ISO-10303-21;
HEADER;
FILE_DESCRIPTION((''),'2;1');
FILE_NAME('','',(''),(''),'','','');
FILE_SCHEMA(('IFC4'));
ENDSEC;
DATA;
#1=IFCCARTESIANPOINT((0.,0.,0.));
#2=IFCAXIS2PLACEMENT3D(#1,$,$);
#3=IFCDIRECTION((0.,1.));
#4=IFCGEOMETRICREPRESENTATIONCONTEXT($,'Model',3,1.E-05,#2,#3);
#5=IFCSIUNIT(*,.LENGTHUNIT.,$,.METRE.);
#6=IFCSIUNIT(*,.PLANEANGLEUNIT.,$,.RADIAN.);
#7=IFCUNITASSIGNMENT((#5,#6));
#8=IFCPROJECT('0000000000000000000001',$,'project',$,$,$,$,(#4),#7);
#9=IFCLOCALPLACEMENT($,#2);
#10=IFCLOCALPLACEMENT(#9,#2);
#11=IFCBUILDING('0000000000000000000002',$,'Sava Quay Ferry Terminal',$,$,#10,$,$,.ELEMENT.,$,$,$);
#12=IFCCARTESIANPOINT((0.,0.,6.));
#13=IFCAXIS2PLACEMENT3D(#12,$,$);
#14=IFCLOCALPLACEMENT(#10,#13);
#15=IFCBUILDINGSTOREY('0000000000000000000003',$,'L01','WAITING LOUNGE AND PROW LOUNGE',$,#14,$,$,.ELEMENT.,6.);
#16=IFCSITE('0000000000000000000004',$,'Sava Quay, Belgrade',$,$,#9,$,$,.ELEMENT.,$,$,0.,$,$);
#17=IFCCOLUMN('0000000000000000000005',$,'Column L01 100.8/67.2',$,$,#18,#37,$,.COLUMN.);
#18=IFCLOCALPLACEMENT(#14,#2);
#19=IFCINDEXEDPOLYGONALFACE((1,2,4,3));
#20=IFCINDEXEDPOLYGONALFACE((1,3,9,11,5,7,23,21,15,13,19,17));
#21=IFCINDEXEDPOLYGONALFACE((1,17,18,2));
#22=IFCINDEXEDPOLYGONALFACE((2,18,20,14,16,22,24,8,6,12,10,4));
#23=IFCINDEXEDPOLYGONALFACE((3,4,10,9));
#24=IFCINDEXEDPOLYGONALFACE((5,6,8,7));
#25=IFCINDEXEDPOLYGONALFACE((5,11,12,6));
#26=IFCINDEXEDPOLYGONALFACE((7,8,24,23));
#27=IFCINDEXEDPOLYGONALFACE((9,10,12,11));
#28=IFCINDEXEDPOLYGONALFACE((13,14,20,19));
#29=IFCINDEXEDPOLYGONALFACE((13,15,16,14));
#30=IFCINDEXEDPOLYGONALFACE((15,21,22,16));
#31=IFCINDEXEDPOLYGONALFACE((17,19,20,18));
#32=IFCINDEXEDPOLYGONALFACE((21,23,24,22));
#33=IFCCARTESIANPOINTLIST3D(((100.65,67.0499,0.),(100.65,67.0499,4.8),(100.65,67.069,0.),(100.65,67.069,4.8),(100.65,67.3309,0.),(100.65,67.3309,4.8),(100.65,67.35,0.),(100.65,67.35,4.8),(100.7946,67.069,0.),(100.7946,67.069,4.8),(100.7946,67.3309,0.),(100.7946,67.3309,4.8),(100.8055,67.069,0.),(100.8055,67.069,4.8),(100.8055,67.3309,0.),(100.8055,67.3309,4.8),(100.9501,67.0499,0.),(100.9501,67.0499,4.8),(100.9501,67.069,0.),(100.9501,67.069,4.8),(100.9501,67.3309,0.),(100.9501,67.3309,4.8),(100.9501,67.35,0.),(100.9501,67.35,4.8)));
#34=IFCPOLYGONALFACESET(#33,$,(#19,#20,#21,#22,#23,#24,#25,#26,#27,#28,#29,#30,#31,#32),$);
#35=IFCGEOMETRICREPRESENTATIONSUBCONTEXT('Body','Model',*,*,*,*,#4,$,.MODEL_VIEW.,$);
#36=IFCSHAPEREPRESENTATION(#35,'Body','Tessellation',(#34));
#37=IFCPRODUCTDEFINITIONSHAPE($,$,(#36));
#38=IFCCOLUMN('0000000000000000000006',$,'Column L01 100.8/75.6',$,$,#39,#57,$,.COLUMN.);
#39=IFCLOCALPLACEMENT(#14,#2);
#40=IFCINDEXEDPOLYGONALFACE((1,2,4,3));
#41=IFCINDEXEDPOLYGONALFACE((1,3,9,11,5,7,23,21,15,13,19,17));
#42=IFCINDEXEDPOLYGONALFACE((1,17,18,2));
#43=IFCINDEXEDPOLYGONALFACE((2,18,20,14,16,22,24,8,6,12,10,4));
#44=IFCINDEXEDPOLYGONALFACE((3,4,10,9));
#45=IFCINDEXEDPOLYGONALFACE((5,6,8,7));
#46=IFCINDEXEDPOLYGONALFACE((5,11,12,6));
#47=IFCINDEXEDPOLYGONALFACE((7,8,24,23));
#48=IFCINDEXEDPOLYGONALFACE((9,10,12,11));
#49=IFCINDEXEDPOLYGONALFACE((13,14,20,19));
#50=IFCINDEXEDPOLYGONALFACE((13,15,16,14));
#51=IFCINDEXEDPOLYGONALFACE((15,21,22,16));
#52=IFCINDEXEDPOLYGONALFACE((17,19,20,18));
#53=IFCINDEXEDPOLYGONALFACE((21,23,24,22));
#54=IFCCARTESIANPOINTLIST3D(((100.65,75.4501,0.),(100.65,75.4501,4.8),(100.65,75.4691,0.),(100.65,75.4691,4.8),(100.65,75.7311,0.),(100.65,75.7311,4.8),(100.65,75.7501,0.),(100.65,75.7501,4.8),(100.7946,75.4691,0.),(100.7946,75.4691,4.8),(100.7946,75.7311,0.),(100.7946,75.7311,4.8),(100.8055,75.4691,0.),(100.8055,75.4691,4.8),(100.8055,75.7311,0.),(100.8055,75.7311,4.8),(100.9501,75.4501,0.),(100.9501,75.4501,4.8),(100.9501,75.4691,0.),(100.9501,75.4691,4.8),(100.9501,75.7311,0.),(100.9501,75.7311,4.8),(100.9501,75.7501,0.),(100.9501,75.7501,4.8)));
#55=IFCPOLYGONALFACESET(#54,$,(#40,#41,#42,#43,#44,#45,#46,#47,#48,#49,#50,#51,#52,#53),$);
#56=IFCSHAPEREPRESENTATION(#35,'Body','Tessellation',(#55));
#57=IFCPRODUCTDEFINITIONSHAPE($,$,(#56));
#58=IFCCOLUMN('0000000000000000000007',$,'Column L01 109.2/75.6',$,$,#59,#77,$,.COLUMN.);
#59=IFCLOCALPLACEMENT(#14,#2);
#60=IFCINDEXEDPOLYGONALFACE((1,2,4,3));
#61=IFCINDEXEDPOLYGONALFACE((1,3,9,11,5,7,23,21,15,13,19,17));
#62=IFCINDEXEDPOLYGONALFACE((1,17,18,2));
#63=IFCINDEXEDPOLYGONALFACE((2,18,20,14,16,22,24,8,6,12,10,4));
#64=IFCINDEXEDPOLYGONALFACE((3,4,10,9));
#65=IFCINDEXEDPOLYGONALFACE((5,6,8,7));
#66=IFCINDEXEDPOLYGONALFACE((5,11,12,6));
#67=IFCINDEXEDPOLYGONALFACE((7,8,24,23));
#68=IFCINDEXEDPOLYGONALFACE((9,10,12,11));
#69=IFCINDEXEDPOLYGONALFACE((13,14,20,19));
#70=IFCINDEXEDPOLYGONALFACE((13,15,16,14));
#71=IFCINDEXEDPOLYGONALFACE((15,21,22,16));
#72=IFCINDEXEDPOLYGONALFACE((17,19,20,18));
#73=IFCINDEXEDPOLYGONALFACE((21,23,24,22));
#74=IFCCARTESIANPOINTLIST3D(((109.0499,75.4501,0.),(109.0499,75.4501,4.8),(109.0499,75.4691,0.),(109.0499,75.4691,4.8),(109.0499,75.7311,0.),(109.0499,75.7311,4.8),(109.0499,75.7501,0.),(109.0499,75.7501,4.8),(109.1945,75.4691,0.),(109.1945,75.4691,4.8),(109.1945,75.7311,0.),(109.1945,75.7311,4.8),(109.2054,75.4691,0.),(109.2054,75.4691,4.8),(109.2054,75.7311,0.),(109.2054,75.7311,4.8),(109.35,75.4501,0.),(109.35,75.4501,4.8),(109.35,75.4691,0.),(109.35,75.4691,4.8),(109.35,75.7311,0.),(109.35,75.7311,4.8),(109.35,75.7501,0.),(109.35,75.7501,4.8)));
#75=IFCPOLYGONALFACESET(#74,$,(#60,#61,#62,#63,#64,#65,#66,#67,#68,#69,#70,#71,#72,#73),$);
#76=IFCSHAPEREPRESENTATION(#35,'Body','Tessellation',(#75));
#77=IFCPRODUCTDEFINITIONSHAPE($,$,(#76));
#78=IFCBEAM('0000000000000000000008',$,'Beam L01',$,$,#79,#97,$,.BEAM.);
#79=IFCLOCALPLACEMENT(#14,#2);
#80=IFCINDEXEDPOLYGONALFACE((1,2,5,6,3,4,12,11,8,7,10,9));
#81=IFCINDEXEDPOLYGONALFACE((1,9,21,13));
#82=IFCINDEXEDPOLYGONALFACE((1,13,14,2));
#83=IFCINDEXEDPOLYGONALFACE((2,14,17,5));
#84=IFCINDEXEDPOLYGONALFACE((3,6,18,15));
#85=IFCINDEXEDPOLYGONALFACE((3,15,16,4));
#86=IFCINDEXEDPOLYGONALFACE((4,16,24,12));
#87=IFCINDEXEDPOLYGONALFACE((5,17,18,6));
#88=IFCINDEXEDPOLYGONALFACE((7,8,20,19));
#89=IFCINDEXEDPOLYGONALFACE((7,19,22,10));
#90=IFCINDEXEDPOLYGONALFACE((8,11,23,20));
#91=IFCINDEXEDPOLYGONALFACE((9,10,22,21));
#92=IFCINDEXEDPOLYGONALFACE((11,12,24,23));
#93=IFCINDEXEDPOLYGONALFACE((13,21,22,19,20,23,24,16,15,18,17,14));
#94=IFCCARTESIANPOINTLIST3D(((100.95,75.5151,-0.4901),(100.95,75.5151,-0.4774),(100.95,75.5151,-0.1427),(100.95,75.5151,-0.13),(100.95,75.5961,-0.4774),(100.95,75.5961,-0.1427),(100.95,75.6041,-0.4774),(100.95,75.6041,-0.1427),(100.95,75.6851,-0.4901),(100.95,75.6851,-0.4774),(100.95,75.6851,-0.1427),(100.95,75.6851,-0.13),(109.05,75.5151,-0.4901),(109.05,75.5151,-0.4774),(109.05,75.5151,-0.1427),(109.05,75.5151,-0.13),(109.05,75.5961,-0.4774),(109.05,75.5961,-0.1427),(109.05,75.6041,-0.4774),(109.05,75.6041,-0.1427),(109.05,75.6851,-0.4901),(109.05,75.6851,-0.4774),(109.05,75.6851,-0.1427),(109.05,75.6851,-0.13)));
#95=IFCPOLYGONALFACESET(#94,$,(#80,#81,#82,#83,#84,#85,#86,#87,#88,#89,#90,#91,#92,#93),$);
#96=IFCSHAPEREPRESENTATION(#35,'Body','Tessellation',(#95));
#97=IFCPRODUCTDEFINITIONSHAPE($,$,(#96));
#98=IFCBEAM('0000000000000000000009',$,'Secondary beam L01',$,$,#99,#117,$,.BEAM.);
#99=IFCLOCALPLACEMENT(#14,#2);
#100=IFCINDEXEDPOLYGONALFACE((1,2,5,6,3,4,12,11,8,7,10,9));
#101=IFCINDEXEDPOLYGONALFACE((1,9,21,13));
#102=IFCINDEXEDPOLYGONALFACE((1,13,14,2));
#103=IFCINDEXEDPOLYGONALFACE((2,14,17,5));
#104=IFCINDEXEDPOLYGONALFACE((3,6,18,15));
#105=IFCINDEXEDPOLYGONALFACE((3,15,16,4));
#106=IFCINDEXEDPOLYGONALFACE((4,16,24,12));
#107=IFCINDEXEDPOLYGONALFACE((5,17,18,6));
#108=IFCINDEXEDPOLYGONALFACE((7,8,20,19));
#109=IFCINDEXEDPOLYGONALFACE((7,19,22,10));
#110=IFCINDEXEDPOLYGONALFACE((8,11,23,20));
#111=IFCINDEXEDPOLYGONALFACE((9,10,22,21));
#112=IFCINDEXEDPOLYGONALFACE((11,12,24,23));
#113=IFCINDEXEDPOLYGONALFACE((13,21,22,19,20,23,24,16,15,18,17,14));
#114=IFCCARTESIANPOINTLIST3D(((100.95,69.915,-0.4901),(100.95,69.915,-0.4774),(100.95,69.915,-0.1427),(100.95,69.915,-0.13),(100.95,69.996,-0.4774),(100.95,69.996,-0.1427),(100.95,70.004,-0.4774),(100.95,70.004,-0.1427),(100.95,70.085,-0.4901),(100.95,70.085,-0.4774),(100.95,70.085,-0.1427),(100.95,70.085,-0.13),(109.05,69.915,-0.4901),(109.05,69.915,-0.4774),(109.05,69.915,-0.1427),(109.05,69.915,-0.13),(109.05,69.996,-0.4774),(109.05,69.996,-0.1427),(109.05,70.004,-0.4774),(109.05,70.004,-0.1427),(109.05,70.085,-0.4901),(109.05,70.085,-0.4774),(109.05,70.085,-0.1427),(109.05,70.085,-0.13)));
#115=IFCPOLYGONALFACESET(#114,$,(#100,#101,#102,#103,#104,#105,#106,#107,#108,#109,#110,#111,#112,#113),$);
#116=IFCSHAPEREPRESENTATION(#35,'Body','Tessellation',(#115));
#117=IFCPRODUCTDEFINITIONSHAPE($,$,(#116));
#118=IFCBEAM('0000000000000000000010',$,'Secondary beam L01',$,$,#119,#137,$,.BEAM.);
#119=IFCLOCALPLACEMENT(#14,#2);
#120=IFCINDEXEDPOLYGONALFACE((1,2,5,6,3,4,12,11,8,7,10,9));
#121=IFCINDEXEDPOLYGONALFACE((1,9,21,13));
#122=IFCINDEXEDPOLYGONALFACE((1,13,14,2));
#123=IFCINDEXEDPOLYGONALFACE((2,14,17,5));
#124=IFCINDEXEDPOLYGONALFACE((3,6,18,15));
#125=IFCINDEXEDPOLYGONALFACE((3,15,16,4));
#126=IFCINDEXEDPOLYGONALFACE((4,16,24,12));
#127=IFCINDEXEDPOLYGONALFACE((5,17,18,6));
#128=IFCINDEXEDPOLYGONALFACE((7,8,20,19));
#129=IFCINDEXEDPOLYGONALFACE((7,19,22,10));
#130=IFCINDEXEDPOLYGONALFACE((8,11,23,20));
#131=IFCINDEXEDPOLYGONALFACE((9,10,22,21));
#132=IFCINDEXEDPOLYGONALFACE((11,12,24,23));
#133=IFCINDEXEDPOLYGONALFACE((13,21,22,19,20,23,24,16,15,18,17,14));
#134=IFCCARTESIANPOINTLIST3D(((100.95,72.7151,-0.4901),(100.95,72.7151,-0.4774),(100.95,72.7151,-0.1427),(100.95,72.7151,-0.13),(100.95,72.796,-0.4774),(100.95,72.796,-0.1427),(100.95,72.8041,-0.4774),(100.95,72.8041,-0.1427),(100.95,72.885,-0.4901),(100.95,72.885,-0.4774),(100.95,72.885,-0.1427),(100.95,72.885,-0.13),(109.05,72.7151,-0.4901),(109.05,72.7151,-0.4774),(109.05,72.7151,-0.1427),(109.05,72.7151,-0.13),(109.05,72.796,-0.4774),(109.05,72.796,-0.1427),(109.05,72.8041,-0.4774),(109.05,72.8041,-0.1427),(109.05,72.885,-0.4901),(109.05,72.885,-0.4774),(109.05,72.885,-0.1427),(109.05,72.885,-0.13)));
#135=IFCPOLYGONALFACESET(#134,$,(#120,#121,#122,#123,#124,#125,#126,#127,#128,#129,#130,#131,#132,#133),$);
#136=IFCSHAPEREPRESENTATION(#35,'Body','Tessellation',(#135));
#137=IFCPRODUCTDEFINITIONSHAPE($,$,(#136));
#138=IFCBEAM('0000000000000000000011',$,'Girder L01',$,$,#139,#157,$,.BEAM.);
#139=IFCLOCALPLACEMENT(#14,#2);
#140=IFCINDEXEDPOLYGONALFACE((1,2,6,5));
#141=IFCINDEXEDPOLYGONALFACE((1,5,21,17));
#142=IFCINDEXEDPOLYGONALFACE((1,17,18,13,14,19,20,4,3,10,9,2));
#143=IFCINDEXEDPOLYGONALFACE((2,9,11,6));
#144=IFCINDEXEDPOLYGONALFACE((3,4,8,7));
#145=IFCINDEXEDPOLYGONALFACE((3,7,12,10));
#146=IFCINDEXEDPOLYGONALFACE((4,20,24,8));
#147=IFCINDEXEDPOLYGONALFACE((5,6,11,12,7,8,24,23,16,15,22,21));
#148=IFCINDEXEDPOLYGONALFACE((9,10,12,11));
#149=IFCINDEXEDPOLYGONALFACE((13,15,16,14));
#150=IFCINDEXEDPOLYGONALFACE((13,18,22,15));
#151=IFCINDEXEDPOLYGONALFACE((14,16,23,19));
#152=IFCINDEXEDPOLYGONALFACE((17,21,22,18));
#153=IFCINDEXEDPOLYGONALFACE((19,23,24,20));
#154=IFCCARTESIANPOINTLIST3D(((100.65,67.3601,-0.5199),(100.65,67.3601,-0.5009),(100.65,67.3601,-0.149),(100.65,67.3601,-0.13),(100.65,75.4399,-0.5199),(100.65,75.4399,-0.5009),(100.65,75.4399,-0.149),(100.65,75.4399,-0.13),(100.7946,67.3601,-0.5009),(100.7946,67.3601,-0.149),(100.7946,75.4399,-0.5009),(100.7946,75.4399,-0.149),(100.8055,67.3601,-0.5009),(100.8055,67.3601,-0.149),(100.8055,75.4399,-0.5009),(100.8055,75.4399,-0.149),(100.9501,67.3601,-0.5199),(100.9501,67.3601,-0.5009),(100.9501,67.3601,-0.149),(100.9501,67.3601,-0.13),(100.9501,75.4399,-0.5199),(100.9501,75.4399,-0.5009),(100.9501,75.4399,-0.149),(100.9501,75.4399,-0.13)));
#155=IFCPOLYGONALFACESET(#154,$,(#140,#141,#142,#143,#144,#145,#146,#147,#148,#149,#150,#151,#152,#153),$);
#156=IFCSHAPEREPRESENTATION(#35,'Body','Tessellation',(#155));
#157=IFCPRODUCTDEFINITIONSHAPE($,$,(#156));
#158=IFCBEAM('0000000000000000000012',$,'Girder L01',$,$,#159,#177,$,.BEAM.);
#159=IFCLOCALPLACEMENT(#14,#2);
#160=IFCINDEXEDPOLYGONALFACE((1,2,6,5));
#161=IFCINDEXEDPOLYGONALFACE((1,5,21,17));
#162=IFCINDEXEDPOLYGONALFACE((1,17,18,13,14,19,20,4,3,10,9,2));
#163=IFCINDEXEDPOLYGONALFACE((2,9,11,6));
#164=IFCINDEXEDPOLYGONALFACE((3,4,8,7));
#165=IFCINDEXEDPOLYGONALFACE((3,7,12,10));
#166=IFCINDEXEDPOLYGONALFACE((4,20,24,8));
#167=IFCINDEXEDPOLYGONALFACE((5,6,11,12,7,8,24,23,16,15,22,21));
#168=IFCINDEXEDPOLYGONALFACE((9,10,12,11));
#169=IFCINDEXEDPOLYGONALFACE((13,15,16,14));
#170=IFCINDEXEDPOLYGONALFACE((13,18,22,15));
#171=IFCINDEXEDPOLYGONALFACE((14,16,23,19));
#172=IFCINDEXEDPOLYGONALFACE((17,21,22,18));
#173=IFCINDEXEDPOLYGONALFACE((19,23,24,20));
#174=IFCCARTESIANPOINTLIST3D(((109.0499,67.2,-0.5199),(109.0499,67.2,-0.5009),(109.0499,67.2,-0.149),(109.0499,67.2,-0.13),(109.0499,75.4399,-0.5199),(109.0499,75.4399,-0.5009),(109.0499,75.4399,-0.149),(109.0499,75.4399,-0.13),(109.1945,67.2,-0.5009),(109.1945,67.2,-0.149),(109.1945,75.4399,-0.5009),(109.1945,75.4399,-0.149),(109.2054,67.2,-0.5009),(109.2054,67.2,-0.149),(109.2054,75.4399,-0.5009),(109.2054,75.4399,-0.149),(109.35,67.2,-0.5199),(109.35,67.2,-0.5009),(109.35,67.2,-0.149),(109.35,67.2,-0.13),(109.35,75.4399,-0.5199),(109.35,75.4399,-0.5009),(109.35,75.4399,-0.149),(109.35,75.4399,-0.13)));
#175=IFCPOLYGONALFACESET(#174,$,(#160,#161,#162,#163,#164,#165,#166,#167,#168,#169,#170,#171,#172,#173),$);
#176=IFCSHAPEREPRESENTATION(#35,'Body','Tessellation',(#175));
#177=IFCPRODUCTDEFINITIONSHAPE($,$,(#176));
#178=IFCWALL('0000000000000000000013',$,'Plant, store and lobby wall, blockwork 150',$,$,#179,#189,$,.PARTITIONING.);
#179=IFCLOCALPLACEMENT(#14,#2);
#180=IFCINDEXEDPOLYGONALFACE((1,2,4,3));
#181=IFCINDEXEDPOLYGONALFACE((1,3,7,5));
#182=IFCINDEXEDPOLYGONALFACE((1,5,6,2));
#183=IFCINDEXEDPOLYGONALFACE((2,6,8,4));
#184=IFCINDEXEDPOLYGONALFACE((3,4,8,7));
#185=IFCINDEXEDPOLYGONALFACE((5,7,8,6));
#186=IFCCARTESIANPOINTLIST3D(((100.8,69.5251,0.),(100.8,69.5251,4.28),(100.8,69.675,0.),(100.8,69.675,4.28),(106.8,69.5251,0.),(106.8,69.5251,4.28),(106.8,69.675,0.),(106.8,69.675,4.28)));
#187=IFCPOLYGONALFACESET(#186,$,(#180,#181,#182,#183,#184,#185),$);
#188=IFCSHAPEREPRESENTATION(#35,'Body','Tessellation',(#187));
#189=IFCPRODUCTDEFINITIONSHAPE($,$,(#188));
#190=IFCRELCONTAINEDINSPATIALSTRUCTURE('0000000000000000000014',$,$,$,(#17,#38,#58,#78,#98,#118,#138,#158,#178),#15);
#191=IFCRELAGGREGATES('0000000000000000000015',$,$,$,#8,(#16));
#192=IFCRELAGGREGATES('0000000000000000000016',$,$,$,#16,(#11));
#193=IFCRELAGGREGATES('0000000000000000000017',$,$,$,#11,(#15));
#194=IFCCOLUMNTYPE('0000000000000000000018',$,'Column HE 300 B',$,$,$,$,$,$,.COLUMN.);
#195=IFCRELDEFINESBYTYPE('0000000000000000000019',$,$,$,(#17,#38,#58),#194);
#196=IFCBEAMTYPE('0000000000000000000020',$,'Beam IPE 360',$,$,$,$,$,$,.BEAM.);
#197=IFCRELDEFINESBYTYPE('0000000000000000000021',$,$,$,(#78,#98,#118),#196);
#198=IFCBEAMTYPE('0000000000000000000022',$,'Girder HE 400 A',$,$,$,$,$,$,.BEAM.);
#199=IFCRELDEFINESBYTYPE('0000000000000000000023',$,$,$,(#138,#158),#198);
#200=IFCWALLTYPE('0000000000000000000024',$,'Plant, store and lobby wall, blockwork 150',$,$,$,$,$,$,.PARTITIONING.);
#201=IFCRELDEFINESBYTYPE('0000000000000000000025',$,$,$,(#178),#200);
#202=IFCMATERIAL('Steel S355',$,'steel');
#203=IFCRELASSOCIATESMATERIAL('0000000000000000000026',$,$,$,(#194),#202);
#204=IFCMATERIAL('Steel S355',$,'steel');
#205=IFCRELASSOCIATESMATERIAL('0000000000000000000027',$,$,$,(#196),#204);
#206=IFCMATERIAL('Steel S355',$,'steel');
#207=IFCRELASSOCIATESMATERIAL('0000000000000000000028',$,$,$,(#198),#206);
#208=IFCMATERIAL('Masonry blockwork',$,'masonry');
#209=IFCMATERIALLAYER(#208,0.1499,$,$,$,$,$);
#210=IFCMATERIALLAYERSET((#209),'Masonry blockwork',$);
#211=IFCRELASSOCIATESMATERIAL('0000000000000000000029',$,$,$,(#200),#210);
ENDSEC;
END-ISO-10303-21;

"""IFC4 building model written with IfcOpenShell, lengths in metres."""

from ifc_helpers import new_model, si_unit, direction, frame, frame_2d, origin, origin_2d, place, context, subcontext, project, spatial, rectangle, i_section, extrude, material, layer, layer_set, material_profile, profile_set, type_object, element, save


model = new_model("IFC4")

# Units and contexts
model_context = context("Model", 3, precision=1e-05, world=origin(), true_north=direction((0.0, 1.0)))
body_context = subcontext(model_context, "Body", "Model", "MODEL_VIEW")
ifc_project = project(units=[si_unit("LENGTHUNIT", "METRE"), si_unit("PLANEANGLEUNIT", "RADIAN")], contexts=[model_context])

# Site, building, storey
site_placement = place(None, origin())
site = spatial("IfcSite", under=ifc_project, at=site_placement, Name="Sava Quay, Belgrade", CompositionType="ELEMENT", RefElevation=0.0)
building_placement = place(site_placement, origin())
building = spatial("IfcBuilding", under=site, at=building_placement, Name="Sava Quay Ferry Terminal", CompositionType="ELEMENT")
storey_placement = place(building_placement, frame((0.0, 0.0, 6.0)))
storey = spatial("IfcBuildingStorey", under=building, at=storey_placement, Name="L01", Description="WAITING LOUNGE AND PROW LOUNGE", CompositionType="ELEMENT", Elevation=6.0)

# Columns
ifc_material_1 = material(Name="Steel S355", Category="steel")
ifc_material_profile_1 = material_profile(ifc_material_1, i_section(OverallWidth=0.3, OverallDepth=0.3, WebThickness=0.011, FlangeThickness=0.019, at=origin_2d()), Name="HE 300 B")
ifc_profile_set_1 = profile_set([ifc_material_profile_1], Name="Steel S355")
column_type = type_object("IfcColumnType", Name="Column HE 300 B", PredefinedType="COLUMN", material=ifc_profile_set_1)
for number, where, z_axis, x_axis, name in (
    (1, (100.8, 67.2, 0.0), (0.0, 0.0, 1.0), (1.0, 0.0, 0.0), "Column L01 100.8/67.2"),
    (2, (100.8, 75.6001, 0.0), (0.0, 0.0, 1.0), (1.0, 0.0, 0.0), "Column L01 100.8/75.6"),
    (3, (109.2, 75.6001, 0.0), (0.0, 0.0, 1.0), (1.0, 0.0, 0.0), "Column L01 109.2/75.6"),
):
    element("IfcColumn", number, at=place(storey_placement, frame(where, z_axis=z_axis, x_axis=x_axis)), inside=storey, type_object=column_type, Name=name, PredefinedType="COLUMN", context=body_context, shape_type="SweptSolid", body=[
        extrude(i_section(OverallWidth=0.3, OverallDepth=0.3, WebThickness=0.011, FlangeThickness=0.019, at=origin_2d()), origin(), (0.0, 0.0, 1.0), 4.8),
    ])

# Beams
ifc_material_2 = material(Name="Steel S355", Category="steel")
ifc_material_profile_2 = material_profile(ifc_material_2, i_section(OverallWidth=0.1699, OverallDepth=0.3601, WebThickness=0.0081, FlangeThickness=0.0127, at=origin_2d()), Name="IPE 360")
ifc_profile_set_2 = profile_set([ifc_material_profile_2], Name="Steel S355")
beam_type_1 = type_object("IfcBeamType", Name="Beam IPE 360", PredefinedType="BEAM", material=ifc_profile_set_2)
for number, where, z_axis, x_axis, name in (
    (4, (100.95, 75.6001, -0.3101), (1.0, 0.0, 0.0), (0.0, 1.0, 0.0), "Beam L01"),
    (5, (100.95, 70.0, -0.3101), (1.0, 0.0, 0.0), (0.0, 1.0, 0.0), "Secondary beam L01"),
    (6, (100.95, 72.8, -0.3101), (1.0, 0.0, 0.0), (0.0, 1.0, 0.0), "Secondary beam L01"),
):
    element("IfcBeam", number, at=place(storey_placement, frame(where, z_axis=z_axis, x_axis=x_axis)), inside=storey, type_object=beam_type_1, Name=name, PredefinedType="BEAM", context=body_context, shape_type="SweptSolid", body=[
        extrude(i_section(OverallWidth=0.1699, OverallDepth=0.3601, WebThickness=0.0081, FlangeThickness=0.0127, at=origin_2d()), origin(), (0.0, 0.0, 1.0), 8.1001),
    ])
ifc_material_3 = material(Name="Steel S355", Category="steel")
ifc_material_profile_3 = material_profile(ifc_material_3, i_section(OverallWidth=0.3, OverallDepth=0.3899, WebThickness=0.011, FlangeThickness=0.019, at=origin_2d()), Name="HE 400 A")
ifc_profile_set_3 = profile_set([ifc_material_profile_3], Name="Steel S355")
beam_type_2 = type_object("IfcBeamType", Name="Girder HE 400 A", PredefinedType="BEAM", material=ifc_profile_set_3)
beam_1_placement = place(storey_placement, frame((100.8, 67.3601, -0.325), z_axis=(0.0, 1.0, 0.0), x_axis=(-1.0, 0.0, 0.0)))
element("IfcBeam", 7, at=beam_1_placement, inside=storey, type_object=beam_type_2, Name="Girder L01", PredefinedType="BEAM", context=body_context, shape_type="SweptSolid", body=[
    extrude(i_section(OverallWidth=0.3, OverallDepth=0.3899, WebThickness=0.011, FlangeThickness=0.019, at=origin_2d()), origin(), (0.0, 0.0, 1.0), 8.0798),
])
beam_2_placement = place(storey_placement, frame((109.2, 67.2, -0.325), z_axis=(0.0, 1.0, 0.0), x_axis=(-1.0, 0.0, 0.0)))
element("IfcBeam", 8, at=beam_2_placement, inside=storey, type_object=beam_type_2, Name="Girder L01", PredefinedType="BEAM", context=body_context, shape_type="SweptSolid", body=[
    extrude(i_section(OverallWidth=0.3, OverallDepth=0.3899, WebThickness=0.011, FlangeThickness=0.019, at=origin_2d()), origin(), (0.0, 0.0, 1.0), 8.24),
])

# Wall
ifc_material_4 = material(Name="Masonry blockwork", Category="masonry")
ifc_layer_1 = layer(ifc_material_4, 0.1499)
ifc_layer_set_1 = layer_set([ifc_layer_1], Name="Masonry blockwork")
wall_type_1 = type_object("IfcWallType", Name="Plant, store and lobby wall, blockwork 150", PredefinedType="PARTITIONING", material=ifc_layer_set_1)
wall_1_placement = place(storey_placement, frame((100.8, 69.6001, 0.0), z_axis=(0.0, 0.0, 1.0), x_axis=(1.0, 0.0, 0.0)))
element("IfcWall", 9, at=wall_1_placement, inside=storey, type_object=wall_type_1, Name="Plant, store and lobby wall, blockwork 150", PredefinedType="PARTITIONING", context=body_context, shape_type="SweptSolid", body=[
    extrude(rectangle(XDim=6.0, YDim=0.1499, at=frame_2d((3.0, 0.0))), origin(), (0.0, 0.0, 1.0), 4.28),
])

save(model, "model.ifc")
